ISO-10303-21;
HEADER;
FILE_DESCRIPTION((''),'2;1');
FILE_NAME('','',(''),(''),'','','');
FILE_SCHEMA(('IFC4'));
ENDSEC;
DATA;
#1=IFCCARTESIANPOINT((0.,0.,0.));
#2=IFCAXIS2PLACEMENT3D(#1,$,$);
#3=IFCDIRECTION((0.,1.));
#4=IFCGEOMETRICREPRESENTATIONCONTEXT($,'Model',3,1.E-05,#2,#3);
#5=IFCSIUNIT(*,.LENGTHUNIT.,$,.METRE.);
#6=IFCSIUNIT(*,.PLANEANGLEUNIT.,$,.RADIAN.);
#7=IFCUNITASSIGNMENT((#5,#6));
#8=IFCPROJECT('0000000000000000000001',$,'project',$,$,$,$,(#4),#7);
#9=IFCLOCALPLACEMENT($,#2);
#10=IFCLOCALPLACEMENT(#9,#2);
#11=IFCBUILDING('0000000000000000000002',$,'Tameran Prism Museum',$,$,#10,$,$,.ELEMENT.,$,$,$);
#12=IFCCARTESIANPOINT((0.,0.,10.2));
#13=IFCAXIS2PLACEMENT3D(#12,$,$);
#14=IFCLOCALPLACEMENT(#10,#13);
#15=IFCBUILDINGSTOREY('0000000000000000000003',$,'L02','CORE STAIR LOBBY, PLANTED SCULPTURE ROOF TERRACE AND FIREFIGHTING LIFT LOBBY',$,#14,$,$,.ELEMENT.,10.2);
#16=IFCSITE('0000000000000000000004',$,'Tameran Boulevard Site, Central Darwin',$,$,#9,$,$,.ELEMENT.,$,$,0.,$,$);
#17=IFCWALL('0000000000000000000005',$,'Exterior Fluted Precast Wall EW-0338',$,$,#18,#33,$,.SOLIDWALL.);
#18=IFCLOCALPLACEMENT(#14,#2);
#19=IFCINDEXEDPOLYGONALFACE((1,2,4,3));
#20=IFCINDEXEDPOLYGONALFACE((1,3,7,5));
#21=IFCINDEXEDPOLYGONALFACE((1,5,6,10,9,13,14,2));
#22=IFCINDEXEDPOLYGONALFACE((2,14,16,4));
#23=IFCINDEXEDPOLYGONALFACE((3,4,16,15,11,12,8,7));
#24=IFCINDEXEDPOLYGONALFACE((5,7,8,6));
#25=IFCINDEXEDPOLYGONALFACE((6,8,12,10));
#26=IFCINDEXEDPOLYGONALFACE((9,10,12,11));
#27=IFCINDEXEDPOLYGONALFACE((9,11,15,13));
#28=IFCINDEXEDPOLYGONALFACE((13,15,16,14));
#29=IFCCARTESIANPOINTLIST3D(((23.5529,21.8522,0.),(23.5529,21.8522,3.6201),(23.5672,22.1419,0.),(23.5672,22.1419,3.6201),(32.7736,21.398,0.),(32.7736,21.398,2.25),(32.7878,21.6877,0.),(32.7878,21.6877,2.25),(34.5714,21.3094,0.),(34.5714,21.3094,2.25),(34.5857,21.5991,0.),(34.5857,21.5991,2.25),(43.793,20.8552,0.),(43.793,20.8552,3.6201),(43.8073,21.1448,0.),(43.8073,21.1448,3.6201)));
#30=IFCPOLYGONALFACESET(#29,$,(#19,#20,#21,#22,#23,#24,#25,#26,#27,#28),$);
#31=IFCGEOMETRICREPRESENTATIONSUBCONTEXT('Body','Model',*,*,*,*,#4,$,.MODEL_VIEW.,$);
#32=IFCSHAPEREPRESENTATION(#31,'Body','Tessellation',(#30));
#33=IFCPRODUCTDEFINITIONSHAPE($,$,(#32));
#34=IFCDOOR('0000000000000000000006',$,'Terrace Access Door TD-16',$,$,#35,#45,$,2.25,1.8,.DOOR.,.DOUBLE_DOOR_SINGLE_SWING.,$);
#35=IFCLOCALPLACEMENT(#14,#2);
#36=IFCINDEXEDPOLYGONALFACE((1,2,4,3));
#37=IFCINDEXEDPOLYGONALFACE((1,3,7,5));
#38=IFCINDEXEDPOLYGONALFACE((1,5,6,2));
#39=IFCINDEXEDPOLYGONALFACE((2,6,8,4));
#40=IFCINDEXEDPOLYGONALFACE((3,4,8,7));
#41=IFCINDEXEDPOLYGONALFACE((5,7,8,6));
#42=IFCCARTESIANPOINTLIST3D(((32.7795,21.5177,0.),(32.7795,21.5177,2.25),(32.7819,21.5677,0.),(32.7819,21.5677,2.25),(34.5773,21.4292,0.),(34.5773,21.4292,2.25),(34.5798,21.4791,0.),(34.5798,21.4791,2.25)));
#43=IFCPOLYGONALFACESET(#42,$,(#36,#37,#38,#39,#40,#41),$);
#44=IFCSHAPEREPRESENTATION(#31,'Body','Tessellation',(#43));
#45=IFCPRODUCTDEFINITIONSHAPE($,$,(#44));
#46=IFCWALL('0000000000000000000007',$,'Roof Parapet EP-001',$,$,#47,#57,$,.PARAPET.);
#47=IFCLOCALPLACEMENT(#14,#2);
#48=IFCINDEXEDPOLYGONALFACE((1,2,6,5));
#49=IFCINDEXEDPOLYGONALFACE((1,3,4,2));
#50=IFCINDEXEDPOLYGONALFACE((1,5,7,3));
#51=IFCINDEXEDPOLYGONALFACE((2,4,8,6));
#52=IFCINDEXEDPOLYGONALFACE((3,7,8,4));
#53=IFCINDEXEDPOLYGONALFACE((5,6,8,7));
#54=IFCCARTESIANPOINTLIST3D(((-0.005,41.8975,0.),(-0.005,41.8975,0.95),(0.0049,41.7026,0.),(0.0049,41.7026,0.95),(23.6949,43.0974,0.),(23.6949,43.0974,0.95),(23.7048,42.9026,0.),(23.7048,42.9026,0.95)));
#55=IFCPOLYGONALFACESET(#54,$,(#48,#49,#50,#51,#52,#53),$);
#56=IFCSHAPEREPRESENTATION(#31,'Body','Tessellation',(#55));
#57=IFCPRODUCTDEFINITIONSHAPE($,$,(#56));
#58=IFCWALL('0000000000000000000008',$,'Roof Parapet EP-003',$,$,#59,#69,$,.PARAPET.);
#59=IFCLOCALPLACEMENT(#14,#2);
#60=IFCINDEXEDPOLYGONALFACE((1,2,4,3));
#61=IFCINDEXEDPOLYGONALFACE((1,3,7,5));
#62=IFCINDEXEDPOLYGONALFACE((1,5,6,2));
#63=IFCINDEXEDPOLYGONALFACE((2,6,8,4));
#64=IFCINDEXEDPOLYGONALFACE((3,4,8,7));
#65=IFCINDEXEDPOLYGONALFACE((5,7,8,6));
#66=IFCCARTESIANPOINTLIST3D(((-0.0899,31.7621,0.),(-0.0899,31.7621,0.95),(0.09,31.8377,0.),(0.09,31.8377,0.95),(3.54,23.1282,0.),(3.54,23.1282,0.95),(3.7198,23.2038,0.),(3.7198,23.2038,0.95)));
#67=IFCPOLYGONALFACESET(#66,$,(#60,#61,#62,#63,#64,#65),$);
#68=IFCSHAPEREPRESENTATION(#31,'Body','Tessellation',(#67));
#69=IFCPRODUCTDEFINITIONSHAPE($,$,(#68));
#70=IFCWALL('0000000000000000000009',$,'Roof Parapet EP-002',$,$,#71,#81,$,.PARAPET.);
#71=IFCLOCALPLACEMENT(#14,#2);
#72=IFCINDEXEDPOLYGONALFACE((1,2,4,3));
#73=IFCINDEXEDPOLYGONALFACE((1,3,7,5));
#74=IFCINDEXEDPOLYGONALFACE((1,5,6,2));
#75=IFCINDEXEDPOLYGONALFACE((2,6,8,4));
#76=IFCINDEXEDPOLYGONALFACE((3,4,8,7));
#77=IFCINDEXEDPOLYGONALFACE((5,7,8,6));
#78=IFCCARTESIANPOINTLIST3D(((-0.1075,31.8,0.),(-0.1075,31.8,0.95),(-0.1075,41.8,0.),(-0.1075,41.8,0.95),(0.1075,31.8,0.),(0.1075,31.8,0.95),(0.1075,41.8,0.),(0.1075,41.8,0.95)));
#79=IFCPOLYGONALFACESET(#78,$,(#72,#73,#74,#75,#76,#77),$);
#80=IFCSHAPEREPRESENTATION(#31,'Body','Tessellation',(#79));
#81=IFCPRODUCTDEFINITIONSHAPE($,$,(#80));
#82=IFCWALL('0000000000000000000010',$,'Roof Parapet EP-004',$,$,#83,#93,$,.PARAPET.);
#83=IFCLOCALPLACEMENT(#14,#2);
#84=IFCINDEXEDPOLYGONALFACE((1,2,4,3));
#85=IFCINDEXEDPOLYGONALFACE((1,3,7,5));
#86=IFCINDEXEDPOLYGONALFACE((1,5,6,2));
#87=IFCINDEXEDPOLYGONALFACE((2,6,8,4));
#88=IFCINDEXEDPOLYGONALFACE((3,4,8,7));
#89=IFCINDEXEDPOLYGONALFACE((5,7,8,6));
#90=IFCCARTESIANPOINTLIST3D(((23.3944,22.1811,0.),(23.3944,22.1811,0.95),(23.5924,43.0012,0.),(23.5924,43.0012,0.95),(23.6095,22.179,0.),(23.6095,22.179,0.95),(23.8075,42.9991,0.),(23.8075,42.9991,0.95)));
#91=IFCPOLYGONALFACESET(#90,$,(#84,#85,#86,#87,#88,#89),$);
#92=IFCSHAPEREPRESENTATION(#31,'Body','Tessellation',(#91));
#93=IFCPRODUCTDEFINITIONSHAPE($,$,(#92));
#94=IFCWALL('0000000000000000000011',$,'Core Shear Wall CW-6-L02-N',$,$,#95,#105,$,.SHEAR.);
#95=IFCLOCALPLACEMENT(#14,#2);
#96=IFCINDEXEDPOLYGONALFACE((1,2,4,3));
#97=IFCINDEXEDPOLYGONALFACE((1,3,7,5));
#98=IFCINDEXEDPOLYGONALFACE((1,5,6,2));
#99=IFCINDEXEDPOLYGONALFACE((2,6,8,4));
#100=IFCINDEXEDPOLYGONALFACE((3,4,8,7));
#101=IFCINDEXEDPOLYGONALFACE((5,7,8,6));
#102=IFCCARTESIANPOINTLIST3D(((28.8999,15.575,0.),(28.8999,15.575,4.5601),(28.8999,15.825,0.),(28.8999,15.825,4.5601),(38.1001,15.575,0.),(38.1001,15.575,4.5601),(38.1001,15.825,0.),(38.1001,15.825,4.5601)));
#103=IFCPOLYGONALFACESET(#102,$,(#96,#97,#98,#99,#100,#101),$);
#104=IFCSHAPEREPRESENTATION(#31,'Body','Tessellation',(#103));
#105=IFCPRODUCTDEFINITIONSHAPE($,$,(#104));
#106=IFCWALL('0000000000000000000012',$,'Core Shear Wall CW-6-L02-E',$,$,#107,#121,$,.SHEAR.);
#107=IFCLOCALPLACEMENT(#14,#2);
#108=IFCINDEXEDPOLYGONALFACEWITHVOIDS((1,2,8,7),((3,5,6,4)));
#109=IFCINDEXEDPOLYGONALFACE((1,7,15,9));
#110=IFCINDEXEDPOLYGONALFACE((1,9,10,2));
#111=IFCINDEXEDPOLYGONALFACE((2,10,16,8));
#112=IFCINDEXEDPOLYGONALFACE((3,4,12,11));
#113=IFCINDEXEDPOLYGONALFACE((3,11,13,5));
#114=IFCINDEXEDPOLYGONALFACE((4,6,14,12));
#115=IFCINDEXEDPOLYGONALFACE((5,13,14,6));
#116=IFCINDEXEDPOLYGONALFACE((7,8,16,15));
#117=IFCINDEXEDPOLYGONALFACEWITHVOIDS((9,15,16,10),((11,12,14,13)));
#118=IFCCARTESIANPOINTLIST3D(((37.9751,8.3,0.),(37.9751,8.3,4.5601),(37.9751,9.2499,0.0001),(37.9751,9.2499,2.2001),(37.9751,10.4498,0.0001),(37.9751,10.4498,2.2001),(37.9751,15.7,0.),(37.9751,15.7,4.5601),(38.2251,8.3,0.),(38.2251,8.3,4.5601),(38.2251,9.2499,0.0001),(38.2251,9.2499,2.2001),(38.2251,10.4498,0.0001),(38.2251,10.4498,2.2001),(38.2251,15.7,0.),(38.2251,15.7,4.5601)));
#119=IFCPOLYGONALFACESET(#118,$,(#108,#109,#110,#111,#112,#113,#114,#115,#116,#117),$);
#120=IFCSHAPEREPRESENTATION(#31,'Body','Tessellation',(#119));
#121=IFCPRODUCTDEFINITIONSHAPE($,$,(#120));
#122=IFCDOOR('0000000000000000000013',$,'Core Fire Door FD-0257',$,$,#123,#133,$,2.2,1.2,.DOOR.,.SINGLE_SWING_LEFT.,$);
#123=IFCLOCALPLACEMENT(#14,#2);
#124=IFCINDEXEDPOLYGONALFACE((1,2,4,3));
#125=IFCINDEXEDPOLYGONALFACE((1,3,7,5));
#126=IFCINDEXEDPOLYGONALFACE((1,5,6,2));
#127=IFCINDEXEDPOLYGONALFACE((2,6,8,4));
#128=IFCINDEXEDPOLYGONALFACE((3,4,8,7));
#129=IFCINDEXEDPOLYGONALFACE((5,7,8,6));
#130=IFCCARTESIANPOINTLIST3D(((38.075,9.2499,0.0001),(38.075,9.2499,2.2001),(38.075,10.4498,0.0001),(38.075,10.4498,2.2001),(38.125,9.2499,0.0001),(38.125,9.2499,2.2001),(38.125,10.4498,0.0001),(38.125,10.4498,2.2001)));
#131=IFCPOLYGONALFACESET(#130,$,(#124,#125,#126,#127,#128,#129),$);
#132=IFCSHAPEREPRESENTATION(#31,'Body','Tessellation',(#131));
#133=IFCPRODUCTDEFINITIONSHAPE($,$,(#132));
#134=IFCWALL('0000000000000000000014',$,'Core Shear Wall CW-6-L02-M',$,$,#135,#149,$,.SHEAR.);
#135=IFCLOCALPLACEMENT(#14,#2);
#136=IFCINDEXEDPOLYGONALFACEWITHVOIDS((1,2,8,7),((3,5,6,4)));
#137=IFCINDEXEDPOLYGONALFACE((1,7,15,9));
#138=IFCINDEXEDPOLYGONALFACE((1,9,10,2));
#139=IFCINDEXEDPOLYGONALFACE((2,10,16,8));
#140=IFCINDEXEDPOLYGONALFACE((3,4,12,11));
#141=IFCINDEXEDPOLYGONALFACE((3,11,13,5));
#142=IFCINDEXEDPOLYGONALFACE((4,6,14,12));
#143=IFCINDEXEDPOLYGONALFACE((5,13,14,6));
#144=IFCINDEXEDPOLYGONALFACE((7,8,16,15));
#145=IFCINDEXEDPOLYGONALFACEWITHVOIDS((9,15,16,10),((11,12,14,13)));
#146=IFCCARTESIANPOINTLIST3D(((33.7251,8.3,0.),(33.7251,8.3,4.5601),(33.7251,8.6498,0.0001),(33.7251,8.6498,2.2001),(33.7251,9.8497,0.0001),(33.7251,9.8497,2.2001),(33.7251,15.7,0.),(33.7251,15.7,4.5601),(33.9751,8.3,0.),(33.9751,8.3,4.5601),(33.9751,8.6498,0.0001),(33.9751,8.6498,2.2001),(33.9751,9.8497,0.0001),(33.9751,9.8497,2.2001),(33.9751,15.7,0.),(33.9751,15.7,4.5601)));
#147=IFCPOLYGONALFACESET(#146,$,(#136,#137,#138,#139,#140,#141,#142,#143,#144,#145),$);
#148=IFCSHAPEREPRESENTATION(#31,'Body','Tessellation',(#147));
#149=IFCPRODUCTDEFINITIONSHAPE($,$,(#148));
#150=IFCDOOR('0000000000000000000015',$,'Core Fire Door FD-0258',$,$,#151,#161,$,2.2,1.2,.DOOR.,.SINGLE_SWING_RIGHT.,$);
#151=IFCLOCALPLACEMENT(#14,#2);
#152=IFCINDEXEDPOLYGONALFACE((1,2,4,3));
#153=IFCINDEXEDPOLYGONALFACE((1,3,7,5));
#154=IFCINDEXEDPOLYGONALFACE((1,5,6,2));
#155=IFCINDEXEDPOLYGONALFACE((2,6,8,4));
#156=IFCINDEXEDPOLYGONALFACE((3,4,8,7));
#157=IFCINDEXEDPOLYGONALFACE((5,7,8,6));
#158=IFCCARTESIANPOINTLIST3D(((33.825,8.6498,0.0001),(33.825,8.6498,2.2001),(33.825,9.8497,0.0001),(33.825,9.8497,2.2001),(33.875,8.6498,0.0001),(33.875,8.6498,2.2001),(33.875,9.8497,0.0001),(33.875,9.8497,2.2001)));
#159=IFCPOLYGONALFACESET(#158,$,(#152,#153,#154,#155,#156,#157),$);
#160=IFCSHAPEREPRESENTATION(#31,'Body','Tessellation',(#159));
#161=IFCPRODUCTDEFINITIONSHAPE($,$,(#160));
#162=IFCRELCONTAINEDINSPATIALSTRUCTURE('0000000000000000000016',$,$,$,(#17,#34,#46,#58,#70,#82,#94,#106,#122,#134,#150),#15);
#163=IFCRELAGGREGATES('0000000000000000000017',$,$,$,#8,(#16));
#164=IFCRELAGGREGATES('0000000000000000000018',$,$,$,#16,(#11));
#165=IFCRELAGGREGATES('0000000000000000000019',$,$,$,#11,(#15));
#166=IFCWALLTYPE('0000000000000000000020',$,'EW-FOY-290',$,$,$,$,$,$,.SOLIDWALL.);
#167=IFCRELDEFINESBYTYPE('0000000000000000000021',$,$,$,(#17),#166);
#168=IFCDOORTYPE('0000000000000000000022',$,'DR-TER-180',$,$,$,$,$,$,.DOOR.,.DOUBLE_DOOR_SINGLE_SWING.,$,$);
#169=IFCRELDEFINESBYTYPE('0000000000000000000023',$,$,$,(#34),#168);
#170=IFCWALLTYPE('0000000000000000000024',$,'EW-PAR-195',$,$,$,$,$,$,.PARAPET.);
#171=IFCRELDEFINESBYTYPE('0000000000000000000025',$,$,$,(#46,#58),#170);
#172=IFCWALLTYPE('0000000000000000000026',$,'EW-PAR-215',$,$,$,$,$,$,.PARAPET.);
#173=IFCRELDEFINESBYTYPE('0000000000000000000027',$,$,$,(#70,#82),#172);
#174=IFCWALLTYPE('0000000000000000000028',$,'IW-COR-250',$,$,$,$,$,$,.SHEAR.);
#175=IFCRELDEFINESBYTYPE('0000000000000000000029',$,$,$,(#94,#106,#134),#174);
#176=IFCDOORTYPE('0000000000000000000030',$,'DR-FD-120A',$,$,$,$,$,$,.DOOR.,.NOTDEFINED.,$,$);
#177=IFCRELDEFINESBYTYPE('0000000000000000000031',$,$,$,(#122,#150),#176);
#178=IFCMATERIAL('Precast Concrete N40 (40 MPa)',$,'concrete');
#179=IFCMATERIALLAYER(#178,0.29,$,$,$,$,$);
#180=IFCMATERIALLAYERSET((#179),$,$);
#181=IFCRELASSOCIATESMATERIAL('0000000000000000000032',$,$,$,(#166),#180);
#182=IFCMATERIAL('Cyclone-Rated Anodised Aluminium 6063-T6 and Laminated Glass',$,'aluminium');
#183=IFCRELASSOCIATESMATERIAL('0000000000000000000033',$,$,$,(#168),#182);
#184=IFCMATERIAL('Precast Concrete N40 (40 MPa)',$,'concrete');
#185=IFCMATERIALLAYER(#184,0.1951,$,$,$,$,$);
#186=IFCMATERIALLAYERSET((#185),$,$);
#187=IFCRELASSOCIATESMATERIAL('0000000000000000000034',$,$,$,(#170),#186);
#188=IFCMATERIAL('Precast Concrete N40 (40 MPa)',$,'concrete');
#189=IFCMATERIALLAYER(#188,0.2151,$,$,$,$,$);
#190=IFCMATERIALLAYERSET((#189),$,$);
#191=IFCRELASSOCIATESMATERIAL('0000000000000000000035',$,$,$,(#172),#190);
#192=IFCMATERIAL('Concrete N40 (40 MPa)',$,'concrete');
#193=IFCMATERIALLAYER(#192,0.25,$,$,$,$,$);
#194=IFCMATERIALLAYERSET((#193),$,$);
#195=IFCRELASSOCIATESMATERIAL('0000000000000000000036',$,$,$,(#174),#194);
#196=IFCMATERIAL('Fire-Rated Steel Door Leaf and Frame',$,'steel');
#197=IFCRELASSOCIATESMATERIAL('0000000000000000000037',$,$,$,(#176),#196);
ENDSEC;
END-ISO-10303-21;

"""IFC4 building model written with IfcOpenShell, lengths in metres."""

from ifc_helpers import new_model, si_unit, direction, frame, frame_2d, origin, place, context, subcontext, project, spatial, rectangle, extrude, material, layer, layer_set, type_object, element, fill, save


model = new_model("IFC4")

# Units and contexts
model_context = context("Model", 3, precision=1e-05, world=origin(), true_north=direction((0.0, 1.0)))
body_context = subcontext(model_context, "Body", "Model", "MODEL_VIEW")
ifc_project = project(units=[si_unit("LENGTHUNIT", "METRE"), si_unit("PLANEANGLEUNIT", "RADIAN")], contexts=[model_context])

# Site, building, storey
site_placement = place(None, origin())
site = spatial("IfcSite", under=ifc_project, at=site_placement, Name="Tameran Boulevard Site, Central Darwin", CompositionType="ELEMENT", RefElevation=0.0)
building_placement = place(site_placement, origin())
building = spatial("IfcBuilding", under=site, at=building_placement, Name="Tameran Prism Museum", CompositionType="ELEMENT")
storey_placement = place(building_placement, frame((0.0, 0.0, 10.2)))
storey = spatial("IfcBuildingStorey", under=building, at=storey_placement, Name="L02", Description="CORE STAIR LOBBY, PLANTED SCULPTURE ROOF TERRACE AND FIREFIGHTING LIFT LOBBY", CompositionType="ELEMENT", Elevation=10.2)

# Wall, opening, door
ifc_material_1 = material(Name="Precast Concrete N40 (40 MPa)", Category="concrete")
ifc_layer_1 = layer(ifc_material_1, 0.29)
ifc_layer_set_1 = layer_set([ifc_layer_1])
wall_type_1 = type_object("IfcWallType", Name="EW-FOY-290", PredefinedType="SOLIDWALL", material=ifc_layer_set_1)
wall_1_placement = place(storey_placement, frame((23.5601, 21.9971, 0.0), z_axis=(0.0, 0.0, 1.0), x_axis=(0.998789, -0.049203, 0.0)))
wall_1 = element("IfcWall", 1, at=wall_1_placement, inside=storey, type_object=wall_type_1, Name="Exterior Fluted Precast Wall EW-0338", PredefinedType="SOLIDWALL", context=body_context, shape_type="SweptSolid", body=[
    extrude(rectangle(XDim=20.2646, YDim=0.29, at=frame_2d((10.1323, 0.0))), origin(), (0.0, 0.0, 1.0), 3.6201),
])
opening_1_placement = place(wall_1_placement, frame((9.2319, 0.0, 0.0)))
opening_1 = element("IfcOpeningElement", 2, at=opening_1_placement, cuts=wall_1, PredefinedType="OPENING", context=body_context, shape_type="SweptSolid", body=[
    extrude(rectangle(XDim=1.8, YDim=2.25, at=frame_2d((0.8999, 1.125))), frame((0.0, 0.155, 0.0), z_axis=(0.0, -1.0, 0.0), x_axis=(1.0, 0.0, 0.0)), (0.0, 0.0, 1.0), 0.3101),
])
ifc_material_2 = material(Name="Cyclone-Rated Anodised Aluminium 6063-T6 and Laminated Glass", Category="aluminium")
door_type_1 = type_object("IfcDoorType", Name="DR-TER-180", OperationType="DOUBLE_DOOR_SINGLE_SWING", PredefinedType="DOOR", material=ifc_material_2)
door_1_placement = place(opening_1_placement, origin())
door_1 = element("IfcDoor", 3, at=door_1_placement, inside=storey, type_object=door_type_1, Name="Terrace Access Door TD-16", OperationType="DOUBLE_DOOR_SINGLE_SWING", OverallHeight=2.25, OverallWidth=1.8, PredefinedType="DOOR", context=body_context, shape_type="SweptSolid", body=[
    extrude(rectangle(XDim=1.8, YDim=2.25, at=frame_2d((0.8999, 1.125))), frame((0.0, 0.0249, 0.0), z_axis=(0.0, -1.0, 0.0), x_axis=(1.0, 0.0, 0.0)), (0.0, 0.0, 1.0), 0.05),
])
fill(opening_1, door_1)

# Walls
ifc_material_3 = material(Name="Precast Concrete N40 (40 MPa)", Category="concrete")
ifc_layer_2 = layer(ifc_material_3, 0.1951)
ifc_layer_set_2 = layer_set([ifc_layer_2])
wall_type_2 = type_object("IfcWallType", Name="EW-PAR-195", PredefinedType="PARAPET", material=ifc_layer_set_2)
wall_2_placement = place(storey_placement, frame((23.7, 43.0, 0.0), z_axis=(0.0, 0.0, 1.0), x_axis=(-0.998721, -0.050566, 0.0)))
element("IfcWall", 4, at=wall_2_placement, inside=storey, type_object=wall_type_2, Name="Roof Parapet EP-001", PredefinedType="PARAPET", context=body_context, shape_type="SweptSolid", body=[
    extrude(rectangle(XDim=23.7302, YDim=0.1951, at=frame_2d((11.8652, 0.0))), origin(), (0.0, 0.0, 1.0), 0.95),
])
wall_3_placement = place(storey_placement, frame((0.0, 31.8, 0.0), z_axis=(0.0, 0.0, 1.0), x_axis=(0.387558, -0.921845, 0.0)))
element("IfcWall", 5, at=wall_3_placement, inside=storey, type_object=wall_type_2, Name="Roof Parapet EP-003", PredefinedType="PARAPET", context=body_context, shape_type="SweptSolid", body=[
    extrude(rectangle(XDim=9.366, YDim=0.1951, at=frame_2d((4.6831, 0.0))), origin(), (0.0, 0.0, 1.0), 0.95),
])
ifc_material_4 = material(Name="Precast Concrete N40 (40 MPa)", Category="concrete")
ifc_layer_3 = layer(ifc_material_4, 0.2151)
ifc_layer_set_3 = layer_set([ifc_layer_3])
wall_type_3 = type_object("IfcWallType", Name="EW-PAR-215", PredefinedType="PARAPET", material=ifc_layer_set_3)
wall_4_placement = place(storey_placement, frame((0.0, 41.8, 0.0), z_axis=(0.0, 0.0, 1.0), x_axis=(0.0, -1.0, 0.0)))
element("IfcWall", 6, at=wall_4_placement, inside=storey, type_object=wall_type_3, Name="Roof Parapet EP-002", PredefinedType="PARAPET", context=body_context, shape_type="SweptSolid", body=[
    extrude(rectangle(XDim=10.0, YDim=0.2151, at=frame_2d((5.0, 0.0))), origin(), (0.0, 0.0, 1.0), 0.95),
])
wall_5_placement = place(storey_placement, frame((23.502, 22.1799, 0.0), z_axis=(0.0, 0.0, 1.0), x_axis=(0.00951, 0.999955, 0.0)))
element("IfcWall", 7, at=wall_5_placement, inside=storey, type_object=wall_type_3, Name="Roof Parapet EP-004", PredefinedType="PARAPET", context=body_context, shape_type="SweptSolid", body=[
    extrude(rectangle(XDim=20.821, YDim=0.2151, at=frame_2d((10.4106, 0.0))), origin(), (0.0, 0.0, 1.0), 0.95),
])
ifc_material_5 = material(Name="Concrete N40 (40 MPa)", Category="concrete")
ifc_layer_4 = layer(ifc_material_5, 0.25)
ifc_layer_set_4 = layer_set([ifc_layer_4])
wall_type_4 = type_object("IfcWallType", Name="IW-COR-250", PredefinedType="SHEAR", material=ifc_layer_set_4)
wall_6_placement = place(storey_placement, frame((28.8999, 15.7, 0.0), z_axis=(0.0, 0.0, 1.0), x_axis=(1.0, 0.0, 0.0)))
element("IfcWall", 8, at=wall_6_placement, inside=storey, type_object=wall_type_4, Name="Core Shear Wall CW-6-L02-N", PredefinedType="SHEAR", context=body_context, shape_type="SweptSolid", body=[
    extrude(rectangle(XDim=9.2002, YDim=0.25, at=frame_2d((4.6001, 0.0))), origin(), (0.0, 0.0, 1.0), 4.5601),
])

# Walls, openings, doors
wall_7_placement = place(storey_placement, frame((38.1001, 15.7, 0.0), z_axis=(0.0, 0.0, 1.0), x_axis=(0.0, -1.0, 0.0)))
wall_7 = element("IfcWall", 9, at=wall_7_placement, inside=storey, type_object=wall_type_4, Name="Core Shear Wall CW-6-L02-E", PredefinedType="SHEAR", context=body_context, shape_type="SweptSolid", body=[
    extrude(rectangle(XDim=7.3999, YDim=0.25, at=frame_2d((3.7, 0.0))), origin(), (0.0, 0.0, 1.0), 4.5601),
])
opening_2_placement = place(wall_7_placement, frame((5.25, 0.0, 0.0)))
opening_2 = element("IfcOpeningElement", 10, at=opening_2_placement, cuts=wall_7, PredefinedType="OPENING", context=body_context, shape_type="SweptSolid", body=[
    extrude(rectangle(XDim=1.2, YDim=2.2, at=frame_2d((0.6001, 1.1001))), frame((0.0, 0.135, 0.0), z_axis=(0.0, -1.0, 0.0), x_axis=(1.0, 0.0, 0.0)), (0.0, 0.0, 1.0), 0.27),
])
ifc_material_6 = material(Name="Fire-Rated Steel Door Leaf and Frame", Category="steel")
door_type_2 = type_object("IfcDoorType", Name="DR-FD-120A", OperationType="NOTDEFINED", PredefinedType="DOOR", material=ifc_material_6)
door_2_placement = place(opening_2_placement, origin())
door_2 = element("IfcDoor", 11, at=door_2_placement, inside=storey, type_object=door_type_2, Name="Core Fire Door FD-0257", OperationType="SINGLE_SWING_LEFT", OverallHeight=2.2, OverallWidth=1.2, PredefinedType="DOOR", context=body_context, shape_type="SweptSolid", body=[
    extrude(rectangle(XDim=1.2, YDim=2.2, at=frame_2d((0.6001, 1.1001))), frame((0.0, 0.0249, 0.0), z_axis=(0.0, -1.0, 0.0), x_axis=(1.0, 0.0, 0.0)), (0.0, 0.0, 1.0), 0.05),
])
fill(opening_2, door_2)
wall_8_placement = place(storey_placement, frame((33.8501, 15.7, 0.0), z_axis=(0.0, 0.0, 1.0), x_axis=(0.0, -1.0, 0.0)))
wall_8 = element("IfcWall", 12, at=wall_8_placement, inside=storey, type_object=wall_type_4, Name="Core Shear Wall CW-6-L02-M", PredefinedType="SHEAR", context=body_context, shape_type="SweptSolid", body=[
    extrude(rectangle(XDim=7.3999, YDim=0.25, at=frame_2d((3.7, 0.0))), origin(), (0.0, 0.0, 1.0), 4.5601),
])
opening_3_placement = place(wall_8_placement, frame((5.8501, 0.0, 0.0)))
opening_3 = element("IfcOpeningElement", 13, at=opening_3_placement, cuts=wall_8, PredefinedType="OPENING", context=body_context, shape_type="SweptSolid", body=[
    extrude(rectangle(XDim=1.2, YDim=2.2, at=frame_2d((0.6001, 1.1001))), frame((0.0, 0.135, 0.0), z_axis=(0.0, -1.0, 0.0), x_axis=(1.0, 0.0, 0.0)), (0.0, 0.0, 1.0), 0.27),
])
door_3_placement = place(opening_3_placement, origin())
door_3 = element("IfcDoor", 14, at=door_3_placement, inside=storey, type_object=door_type_2, Name="Core Fire Door FD-0258", OperationType="SINGLE_SWING_RIGHT", OverallHeight=2.2, OverallWidth=1.2, PredefinedType="DOOR", context=body_context, shape_type="SweptSolid", body=[
    extrude(rectangle(XDim=1.2, YDim=2.2, at=frame_2d((0.6001, 1.1001))), frame((0.0, 0.0249, 0.0), z_axis=(0.0, -1.0, 0.0), x_axis=(1.0, 0.0, 0.0)), (0.0, 0.0, 1.0), 0.05),
])
fill(opening_3, door_3)

save(model, "model.ifc")
